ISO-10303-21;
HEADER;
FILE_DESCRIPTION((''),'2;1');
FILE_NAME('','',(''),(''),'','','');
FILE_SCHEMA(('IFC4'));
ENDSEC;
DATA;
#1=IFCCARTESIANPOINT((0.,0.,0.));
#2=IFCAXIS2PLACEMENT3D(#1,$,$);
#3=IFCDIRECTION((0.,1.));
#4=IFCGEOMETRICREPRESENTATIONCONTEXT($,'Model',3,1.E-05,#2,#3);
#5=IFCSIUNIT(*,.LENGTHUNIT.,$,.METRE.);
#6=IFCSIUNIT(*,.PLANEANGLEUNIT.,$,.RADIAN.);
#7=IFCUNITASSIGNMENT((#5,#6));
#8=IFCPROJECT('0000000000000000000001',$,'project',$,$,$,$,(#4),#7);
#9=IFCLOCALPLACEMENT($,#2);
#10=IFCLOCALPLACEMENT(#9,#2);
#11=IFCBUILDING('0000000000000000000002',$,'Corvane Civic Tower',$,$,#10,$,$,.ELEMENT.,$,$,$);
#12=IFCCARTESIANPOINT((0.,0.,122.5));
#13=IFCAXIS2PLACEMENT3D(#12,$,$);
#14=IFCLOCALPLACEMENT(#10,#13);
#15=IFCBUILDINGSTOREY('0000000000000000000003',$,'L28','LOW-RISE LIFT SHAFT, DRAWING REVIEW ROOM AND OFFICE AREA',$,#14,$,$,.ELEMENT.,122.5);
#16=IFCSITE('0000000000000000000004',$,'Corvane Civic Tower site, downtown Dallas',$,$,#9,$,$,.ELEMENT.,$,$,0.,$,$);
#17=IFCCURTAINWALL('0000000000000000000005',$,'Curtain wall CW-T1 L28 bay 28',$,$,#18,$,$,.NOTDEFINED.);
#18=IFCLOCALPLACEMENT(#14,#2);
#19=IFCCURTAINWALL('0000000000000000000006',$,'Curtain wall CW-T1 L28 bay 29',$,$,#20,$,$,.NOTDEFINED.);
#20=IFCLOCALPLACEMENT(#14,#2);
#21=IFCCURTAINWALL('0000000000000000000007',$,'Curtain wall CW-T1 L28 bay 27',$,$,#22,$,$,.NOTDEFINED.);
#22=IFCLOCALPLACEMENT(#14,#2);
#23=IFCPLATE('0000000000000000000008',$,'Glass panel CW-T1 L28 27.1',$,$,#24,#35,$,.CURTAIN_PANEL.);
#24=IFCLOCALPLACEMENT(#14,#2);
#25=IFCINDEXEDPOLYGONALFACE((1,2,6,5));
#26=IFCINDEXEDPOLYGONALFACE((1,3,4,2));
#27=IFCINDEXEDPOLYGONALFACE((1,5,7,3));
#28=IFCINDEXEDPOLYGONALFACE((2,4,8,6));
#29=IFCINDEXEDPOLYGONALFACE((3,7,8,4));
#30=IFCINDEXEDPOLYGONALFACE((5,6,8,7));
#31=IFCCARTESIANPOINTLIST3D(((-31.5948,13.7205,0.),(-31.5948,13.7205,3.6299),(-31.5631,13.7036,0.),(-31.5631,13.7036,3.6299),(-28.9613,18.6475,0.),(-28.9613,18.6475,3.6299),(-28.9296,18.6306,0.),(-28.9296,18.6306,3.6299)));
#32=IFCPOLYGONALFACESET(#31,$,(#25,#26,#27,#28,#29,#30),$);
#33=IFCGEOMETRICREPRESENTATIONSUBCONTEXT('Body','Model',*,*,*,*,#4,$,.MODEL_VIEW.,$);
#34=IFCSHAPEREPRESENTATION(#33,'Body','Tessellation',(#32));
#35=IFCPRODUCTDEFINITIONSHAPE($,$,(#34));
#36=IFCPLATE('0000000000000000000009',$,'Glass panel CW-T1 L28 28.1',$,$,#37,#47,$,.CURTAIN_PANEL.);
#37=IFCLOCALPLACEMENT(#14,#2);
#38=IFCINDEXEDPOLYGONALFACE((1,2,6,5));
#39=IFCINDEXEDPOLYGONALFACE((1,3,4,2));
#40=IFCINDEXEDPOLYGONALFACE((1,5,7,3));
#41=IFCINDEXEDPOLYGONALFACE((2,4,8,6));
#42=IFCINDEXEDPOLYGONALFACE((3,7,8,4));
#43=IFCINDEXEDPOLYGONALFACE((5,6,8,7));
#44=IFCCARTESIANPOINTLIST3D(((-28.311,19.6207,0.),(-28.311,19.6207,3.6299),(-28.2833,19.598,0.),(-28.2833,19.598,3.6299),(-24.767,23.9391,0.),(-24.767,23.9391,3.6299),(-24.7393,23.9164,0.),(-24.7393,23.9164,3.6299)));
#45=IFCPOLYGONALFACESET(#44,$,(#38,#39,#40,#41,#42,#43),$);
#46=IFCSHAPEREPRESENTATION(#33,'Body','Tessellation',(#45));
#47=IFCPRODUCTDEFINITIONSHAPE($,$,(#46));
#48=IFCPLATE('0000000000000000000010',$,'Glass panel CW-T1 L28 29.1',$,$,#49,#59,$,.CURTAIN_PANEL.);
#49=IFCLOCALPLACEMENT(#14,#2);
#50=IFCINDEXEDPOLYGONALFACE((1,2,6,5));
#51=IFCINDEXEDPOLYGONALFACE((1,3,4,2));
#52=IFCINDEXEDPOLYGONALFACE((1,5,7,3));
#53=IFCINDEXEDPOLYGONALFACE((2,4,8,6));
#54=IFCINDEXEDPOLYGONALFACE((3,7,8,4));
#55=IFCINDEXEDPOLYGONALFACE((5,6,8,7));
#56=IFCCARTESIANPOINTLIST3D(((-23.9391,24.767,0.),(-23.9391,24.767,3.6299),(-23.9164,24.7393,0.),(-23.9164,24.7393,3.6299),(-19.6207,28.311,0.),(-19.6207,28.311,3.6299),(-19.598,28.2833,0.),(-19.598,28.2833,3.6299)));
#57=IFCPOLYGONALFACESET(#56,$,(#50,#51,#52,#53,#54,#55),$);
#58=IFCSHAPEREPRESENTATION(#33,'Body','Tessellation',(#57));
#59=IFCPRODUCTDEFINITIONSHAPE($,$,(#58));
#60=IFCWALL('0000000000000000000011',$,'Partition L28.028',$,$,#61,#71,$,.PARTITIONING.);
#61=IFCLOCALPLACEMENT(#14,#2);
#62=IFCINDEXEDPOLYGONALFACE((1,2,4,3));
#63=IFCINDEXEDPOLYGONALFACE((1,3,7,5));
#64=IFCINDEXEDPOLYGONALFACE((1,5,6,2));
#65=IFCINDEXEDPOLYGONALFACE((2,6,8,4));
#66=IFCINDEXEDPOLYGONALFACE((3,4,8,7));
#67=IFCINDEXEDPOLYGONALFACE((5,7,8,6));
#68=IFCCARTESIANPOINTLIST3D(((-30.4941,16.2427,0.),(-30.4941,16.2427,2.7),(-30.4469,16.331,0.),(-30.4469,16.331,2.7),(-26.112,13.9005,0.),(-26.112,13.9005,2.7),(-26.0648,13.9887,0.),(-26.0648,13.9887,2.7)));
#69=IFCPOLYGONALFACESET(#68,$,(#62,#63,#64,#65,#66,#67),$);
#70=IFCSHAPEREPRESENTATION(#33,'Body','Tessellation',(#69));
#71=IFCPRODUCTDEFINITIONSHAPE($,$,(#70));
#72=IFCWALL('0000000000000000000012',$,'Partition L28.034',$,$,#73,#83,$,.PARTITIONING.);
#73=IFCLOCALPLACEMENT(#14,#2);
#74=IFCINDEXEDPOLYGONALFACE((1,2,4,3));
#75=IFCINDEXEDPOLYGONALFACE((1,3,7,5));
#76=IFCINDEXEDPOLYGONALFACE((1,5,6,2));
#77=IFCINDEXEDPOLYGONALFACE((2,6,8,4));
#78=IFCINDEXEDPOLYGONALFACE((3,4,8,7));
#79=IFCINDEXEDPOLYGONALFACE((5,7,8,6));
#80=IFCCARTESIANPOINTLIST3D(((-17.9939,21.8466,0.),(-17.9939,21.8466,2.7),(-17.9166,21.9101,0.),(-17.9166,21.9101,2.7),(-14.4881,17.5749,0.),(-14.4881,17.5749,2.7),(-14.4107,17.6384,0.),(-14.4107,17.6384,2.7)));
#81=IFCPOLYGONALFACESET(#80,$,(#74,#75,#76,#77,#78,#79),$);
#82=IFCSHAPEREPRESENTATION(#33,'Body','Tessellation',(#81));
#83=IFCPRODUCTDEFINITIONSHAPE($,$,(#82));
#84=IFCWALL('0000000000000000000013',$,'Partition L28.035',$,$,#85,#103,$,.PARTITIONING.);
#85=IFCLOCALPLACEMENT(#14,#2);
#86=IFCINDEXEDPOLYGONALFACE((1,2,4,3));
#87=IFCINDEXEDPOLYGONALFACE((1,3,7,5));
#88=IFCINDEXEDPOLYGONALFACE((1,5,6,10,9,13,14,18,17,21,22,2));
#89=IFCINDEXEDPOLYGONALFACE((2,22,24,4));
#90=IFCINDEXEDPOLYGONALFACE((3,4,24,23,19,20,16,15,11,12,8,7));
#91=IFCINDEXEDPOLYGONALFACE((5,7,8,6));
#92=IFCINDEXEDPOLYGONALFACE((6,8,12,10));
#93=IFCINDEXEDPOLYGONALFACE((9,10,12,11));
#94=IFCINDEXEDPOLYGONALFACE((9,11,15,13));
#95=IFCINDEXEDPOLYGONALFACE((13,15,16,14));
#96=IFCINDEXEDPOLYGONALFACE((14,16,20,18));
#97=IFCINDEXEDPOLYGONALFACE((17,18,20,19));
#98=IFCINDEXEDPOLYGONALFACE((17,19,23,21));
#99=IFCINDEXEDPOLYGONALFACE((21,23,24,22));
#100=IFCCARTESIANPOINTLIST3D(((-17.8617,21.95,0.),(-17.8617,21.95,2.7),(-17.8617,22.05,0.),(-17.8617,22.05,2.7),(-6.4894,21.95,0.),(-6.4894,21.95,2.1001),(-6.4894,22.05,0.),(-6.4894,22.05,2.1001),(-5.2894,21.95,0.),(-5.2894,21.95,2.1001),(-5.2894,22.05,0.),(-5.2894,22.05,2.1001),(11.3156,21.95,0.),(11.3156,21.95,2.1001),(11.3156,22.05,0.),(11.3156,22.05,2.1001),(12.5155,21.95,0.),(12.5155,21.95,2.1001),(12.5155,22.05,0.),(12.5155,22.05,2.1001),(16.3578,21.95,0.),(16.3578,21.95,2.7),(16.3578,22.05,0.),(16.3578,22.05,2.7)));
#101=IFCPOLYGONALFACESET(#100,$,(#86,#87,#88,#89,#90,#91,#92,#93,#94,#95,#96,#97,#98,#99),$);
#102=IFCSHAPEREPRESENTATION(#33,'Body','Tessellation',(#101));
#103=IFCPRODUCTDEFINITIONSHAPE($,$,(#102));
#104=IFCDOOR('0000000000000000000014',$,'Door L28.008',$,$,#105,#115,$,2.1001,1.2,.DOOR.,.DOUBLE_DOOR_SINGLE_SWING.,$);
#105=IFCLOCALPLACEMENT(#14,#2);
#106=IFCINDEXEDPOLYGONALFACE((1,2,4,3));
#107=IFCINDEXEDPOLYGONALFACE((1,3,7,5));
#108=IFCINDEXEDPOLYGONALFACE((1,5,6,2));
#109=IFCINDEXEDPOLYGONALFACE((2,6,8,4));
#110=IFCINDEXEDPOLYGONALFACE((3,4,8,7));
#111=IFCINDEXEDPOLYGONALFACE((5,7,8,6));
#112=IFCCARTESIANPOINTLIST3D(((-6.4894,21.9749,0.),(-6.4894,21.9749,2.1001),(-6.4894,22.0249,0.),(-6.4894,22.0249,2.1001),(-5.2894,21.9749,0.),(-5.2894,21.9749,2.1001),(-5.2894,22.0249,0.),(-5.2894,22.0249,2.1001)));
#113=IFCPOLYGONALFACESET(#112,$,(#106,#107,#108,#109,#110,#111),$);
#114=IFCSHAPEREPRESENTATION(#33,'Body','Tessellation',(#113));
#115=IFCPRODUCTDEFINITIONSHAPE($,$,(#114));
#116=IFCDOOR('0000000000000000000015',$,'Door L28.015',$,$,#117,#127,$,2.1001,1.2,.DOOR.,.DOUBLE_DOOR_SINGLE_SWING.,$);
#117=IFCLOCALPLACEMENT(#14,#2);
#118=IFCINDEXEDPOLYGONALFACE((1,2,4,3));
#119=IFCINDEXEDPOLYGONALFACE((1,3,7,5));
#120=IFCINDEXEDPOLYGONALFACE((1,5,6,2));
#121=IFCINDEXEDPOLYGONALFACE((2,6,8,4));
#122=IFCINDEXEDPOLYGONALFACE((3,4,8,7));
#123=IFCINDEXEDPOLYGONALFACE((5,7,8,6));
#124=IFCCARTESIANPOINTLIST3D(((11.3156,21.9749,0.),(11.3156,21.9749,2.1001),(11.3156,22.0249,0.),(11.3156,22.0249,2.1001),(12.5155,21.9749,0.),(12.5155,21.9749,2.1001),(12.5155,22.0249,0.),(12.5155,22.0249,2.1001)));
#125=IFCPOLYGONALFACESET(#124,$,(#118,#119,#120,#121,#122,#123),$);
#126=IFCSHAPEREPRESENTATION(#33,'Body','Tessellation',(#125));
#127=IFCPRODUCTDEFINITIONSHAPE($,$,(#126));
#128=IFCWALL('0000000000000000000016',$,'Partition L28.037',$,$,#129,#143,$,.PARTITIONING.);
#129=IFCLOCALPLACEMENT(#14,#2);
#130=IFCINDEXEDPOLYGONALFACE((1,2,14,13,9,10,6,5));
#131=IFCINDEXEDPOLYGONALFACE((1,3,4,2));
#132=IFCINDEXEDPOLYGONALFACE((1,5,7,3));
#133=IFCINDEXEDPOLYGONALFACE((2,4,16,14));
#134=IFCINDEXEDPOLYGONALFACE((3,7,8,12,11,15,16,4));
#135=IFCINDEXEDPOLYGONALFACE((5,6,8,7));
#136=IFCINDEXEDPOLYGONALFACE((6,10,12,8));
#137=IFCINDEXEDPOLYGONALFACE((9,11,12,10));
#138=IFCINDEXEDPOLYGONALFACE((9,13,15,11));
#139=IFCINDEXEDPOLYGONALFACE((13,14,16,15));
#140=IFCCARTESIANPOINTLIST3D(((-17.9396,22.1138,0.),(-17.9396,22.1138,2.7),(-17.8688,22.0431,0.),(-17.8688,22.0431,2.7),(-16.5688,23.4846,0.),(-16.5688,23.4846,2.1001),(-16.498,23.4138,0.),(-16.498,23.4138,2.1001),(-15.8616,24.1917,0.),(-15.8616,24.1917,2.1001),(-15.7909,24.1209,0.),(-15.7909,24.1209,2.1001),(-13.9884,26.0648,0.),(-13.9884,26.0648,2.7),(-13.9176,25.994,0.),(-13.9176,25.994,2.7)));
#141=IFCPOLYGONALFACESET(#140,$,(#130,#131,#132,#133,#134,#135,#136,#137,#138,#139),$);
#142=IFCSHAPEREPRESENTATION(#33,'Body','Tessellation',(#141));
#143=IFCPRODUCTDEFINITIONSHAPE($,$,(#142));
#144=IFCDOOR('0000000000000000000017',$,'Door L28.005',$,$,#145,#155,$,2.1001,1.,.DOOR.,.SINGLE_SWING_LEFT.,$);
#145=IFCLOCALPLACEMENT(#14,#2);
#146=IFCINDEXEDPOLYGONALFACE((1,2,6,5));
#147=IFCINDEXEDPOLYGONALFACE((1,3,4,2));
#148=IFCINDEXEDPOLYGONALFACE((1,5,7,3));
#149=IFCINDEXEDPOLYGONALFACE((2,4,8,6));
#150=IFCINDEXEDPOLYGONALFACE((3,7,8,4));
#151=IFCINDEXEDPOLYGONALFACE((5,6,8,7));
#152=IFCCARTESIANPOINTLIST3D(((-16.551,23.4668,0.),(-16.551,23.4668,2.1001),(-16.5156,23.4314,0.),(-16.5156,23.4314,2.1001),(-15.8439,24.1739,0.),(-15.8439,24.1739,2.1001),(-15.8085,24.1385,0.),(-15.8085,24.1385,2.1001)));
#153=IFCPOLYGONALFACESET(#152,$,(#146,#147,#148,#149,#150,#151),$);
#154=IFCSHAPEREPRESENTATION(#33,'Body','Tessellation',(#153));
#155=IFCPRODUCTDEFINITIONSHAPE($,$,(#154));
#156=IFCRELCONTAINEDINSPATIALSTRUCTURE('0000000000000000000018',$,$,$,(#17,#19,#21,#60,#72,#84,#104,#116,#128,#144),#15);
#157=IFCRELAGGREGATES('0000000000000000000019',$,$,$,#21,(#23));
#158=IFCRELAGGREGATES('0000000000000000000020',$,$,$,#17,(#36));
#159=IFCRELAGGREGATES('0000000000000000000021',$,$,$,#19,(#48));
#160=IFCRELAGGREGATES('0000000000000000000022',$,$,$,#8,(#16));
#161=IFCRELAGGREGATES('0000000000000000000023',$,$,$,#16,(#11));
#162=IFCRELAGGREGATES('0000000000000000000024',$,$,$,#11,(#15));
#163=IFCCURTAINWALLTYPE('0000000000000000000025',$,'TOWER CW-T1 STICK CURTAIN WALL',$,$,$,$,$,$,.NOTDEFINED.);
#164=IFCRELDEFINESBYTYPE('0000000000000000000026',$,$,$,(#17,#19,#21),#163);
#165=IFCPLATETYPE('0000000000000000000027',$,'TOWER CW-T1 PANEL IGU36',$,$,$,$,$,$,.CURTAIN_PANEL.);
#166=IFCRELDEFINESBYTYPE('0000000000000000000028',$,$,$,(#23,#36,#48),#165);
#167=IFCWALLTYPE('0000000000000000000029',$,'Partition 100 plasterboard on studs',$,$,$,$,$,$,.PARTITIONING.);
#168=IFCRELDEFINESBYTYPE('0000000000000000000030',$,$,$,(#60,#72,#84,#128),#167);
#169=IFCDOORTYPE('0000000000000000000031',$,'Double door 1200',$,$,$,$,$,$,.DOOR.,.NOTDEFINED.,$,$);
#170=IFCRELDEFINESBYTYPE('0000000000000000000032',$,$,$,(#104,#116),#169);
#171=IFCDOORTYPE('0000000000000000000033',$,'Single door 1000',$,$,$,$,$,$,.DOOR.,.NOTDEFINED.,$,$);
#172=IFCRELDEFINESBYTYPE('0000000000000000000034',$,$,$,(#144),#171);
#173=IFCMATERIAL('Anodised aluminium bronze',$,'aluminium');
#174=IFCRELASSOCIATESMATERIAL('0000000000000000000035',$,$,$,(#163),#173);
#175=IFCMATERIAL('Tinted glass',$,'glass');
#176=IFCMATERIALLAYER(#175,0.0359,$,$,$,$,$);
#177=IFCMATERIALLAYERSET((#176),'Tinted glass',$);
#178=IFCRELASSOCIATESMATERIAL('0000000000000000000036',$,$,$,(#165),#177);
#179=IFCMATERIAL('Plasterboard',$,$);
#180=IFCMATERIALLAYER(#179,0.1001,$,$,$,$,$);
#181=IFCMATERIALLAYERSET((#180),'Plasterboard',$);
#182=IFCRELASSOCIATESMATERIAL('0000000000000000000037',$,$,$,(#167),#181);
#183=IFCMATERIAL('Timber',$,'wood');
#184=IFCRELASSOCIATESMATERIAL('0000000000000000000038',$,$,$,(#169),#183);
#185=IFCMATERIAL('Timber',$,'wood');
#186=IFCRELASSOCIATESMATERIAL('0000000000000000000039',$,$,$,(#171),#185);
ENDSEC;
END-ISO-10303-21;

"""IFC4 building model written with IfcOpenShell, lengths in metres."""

from ifc_helpers import new_model, si_unit, direction, frame, frame_2d, origin, origin_2d, place, context, subcontext, project, spatial, rectangle, extrude, material, layer, layer_set, type_object, element, fill, aggregate, save


model = new_model("IFC4")

# Units and contexts
model_context = context("Model", 3, precision=1e-05, world=origin(), true_north=direction((0.0, 1.0)))
body_context = subcontext(model_context, "Body", "Model", "MODEL_VIEW")
ifc_project = project(units=[si_unit("LENGTHUNIT", "METRE"), si_unit("PLANEANGLEUNIT", "RADIAN")], contexts=[model_context])

# Site, building, storey
site_placement = place(None, origin())
site = spatial("IfcSite", under=ifc_project, at=site_placement, Name="Corvane Civic Tower site, downtown Dallas", CompositionType="ELEMENT", RefElevation=0.0)
building_placement = place(site_placement, origin())
building = spatial("IfcBuilding", under=site, at=building_placement, Name="Corvane Civic Tower", CompositionType="ELEMENT")
storey_placement = place(building_placement, frame((0.0, 0.0, 122.5)))
storey = spatial("IfcBuildingStorey", under=building, at=storey_placement, Name="L28", Description="LOW-RISE LIFT SHAFT, DRAWING REVIEW ROOM AND OFFICE AREA", CompositionType="ELEMENT", Elevation=122.5)

# Curtain walls
ifc_material_1 = material(Name="Anodised aluminium bronze", Category="aluminium")
curtain_wall_type = type_object("IfcCurtainWallType", Name="TOWER CW-T1 STICK CURTAIN WALL", PredefinedType="NOTDEFINED", material=ifc_material_1)
curtain_wall_1_placement = place(storey_placement, origin())
curtain_wall_1 = element("IfcCurtainWall", 1, at=curtain_wall_1_placement, inside=storey, type_object=curtain_wall_type, Name="Curtain wall CW-T1 L28 bay 28", PredefinedType="NOTDEFINED")
curtain_wall_2_placement = place(storey_placement, origin())
curtain_wall_2 = element("IfcCurtainWall", 2, at=curtain_wall_2_placement, inside=storey, type_object=curtain_wall_type, Name="Curtain wall CW-T1 L28 bay 29", PredefinedType="NOTDEFINED")

# Curtain wall, plate
curtain_wall_3_placement = place(storey_placement, origin())
curtain_wall_3 = element("IfcCurtainWall", 3, at=curtain_wall_3_placement, inside=storey, type_object=curtain_wall_type, Name="Curtain wall CW-T1 L28 bay 27", PredefinedType="NOTDEFINED")
ifc_material_2 = material(Name="Tinted glass", Category="glass")
ifc_layer_1 = layer(ifc_material_2, 0.0359)
ifc_layer_set_1 = layer_set([ifc_layer_1], Name="Tinted glass")
plate_type = type_object("IfcPlateType", Name="TOWER CW-T1 PANEL IGU36", PredefinedType="CURTAIN_PANEL", material=ifc_layer_set_1)
plate_1_placement = place(storey_placement, frame((-30.2622, 16.1755, 0.0), z_axis=(0.0, 0.0, 1.0), x_axis=(0.471392, 0.881924, 0.0)))
plate_1 = element("IfcPlate", 4, at=plate_1_placement, type_object=plate_type, Name="Glass panel CW-T1 L28 27.1", PredefinedType="CURTAIN_PANEL", context=body_context, shape_type="SweptSolid", body=[
    extrude(rectangle(XDim=5.5867, YDim=0.0359, at=origin_2d()), origin(), (0.0, 0.0, 1.0), 3.6299),
])
aggregate(curtain_wall_3, [plate_1])

# Plates
plate_2_placement = place(storey_placement, frame((-26.5251, 21.7686, 0.0), z_axis=(0.0, 0.0, 1.0), x_axis=(0.63439, 0.773013, 0.0)))
plate_2 = element("IfcPlate", 5, at=plate_2_placement, type_object=plate_type, Name="Glass panel CW-T1 L28 28.1", PredefinedType="CURTAIN_PANEL", context=body_context, shape_type="SweptSolid", body=[
    extrude(rectangle(XDim=5.5864, YDim=0.0359, at=origin_2d()), origin(), (0.0, 0.0, 1.0), 3.6299),
])
aggregate(curtain_wall_1, [plate_2])
plate_3_placement = place(storey_placement, frame((-21.7686, 26.5251, 0.0), z_axis=(0.0, 0.0, 1.0), x_axis=(0.773013, 0.63439, 0.0)))
plate_3 = element("IfcPlate", 6, at=plate_3_placement, type_object=plate_type, Name="Glass panel CW-T1 L28 29.1", PredefinedType="CURTAIN_PANEL", context=body_context, shape_type="SweptSolid", body=[
    extrude(rectangle(XDim=5.5864, YDim=0.0359, at=origin_2d()), origin(), (0.0, 0.0, 1.0), 3.6299),
])
aggregate(curtain_wall_2, [plate_3])

# Walls
ifc_material_3 = material(Name="Plasterboard")
ifc_layer_2 = layer(ifc_material_3, 0.1001)
ifc_layer_set_2 = layer_set([ifc_layer_2], Name="Plasterboard")
wall_type_1 = type_object("IfcWallType", Name="Partition 100 plasterboard on studs", PredefinedType="PARTITIONING", material=ifc_layer_set_2)
wall_1_placement = place(storey_placement, frame((-30.4705, 16.2869, 0.0), z_axis=(0.0, 0.0, 1.0), x_axis=(0.88192, -0.471399, 0.0)))
element("IfcWall", 7, at=wall_1_placement, inside=storey, type_object=wall_type_1, Name="Partition L28.028", PredefinedType="PARTITIONING", context=body_context, shape_type="SweptSolid", body=[
    extrude(rectangle(XDim=4.9688, YDim=0.1001, at=frame_2d((2.4844, 0.0))), origin(), (0.0, 0.0, 1.0), 2.7),
])
wall_2_placement = place(storey_placement, frame((-17.9553, 21.8784, 0.0), z_axis=(0.0, 0.0, 1.0), x_axis=(0.634409, -0.772998, 0.0)))
element("IfcWall", 8, at=wall_2_placement, inside=storey, type_object=wall_type_1, Name="Partition L28.034", PredefinedType="PARTITIONING", context=body_context, shape_type="SweptSolid", body=[
    extrude(rectangle(XDim=5.5261, YDim=0.1001, at=frame_2d((2.7632, 0.0))), origin(), (0.0, 0.0, 1.0), 2.7),
])

# Wall, openings, doors
wall_3_placement = place(storey_placement, frame((-17.8618, 22.0, 0.0), z_axis=(0.0, 0.0, 1.0), x_axis=(1.0, 0.0, 0.0)))
wall_3 = element("IfcWall", 9, at=wall_3_placement, inside=storey, type_object=wall_type_1, Name="Partition L28.035", PredefinedType="PARTITIONING", context=body_context, shape_type="SweptSolid", body=[
    extrude(rectangle(XDim=34.2195, YDim=0.1001, at=frame_2d((17.1099, 0.0))), origin(), (0.0, 0.0, 1.0), 2.7),
])
opening_1_placement = place(wall_3_placement, frame((11.3723, 0.0, 0.0)))
opening_1 = element("IfcOpeningElement", 10, at=opening_1_placement, cuts=wall_3, PredefinedType="OPENING", context=body_context, shape_type="SweptSolid", body=[
    extrude(rectangle(XDim=1.2, YDim=2.1001, at=frame_2d((0.6001, 1.05))), frame((0.0, 0.0601, 0.0), z_axis=(0.0, -1.0, 0.0), x_axis=(1.0, 0.0, 0.0)), (0.0, 0.0, 1.0), 0.1201),
])
opening_2_placement = place(wall_3_placement, frame((29.1772, 0.0, 0.0)))
opening_2 = element("IfcOpeningElement", 11, at=opening_2_placement, cuts=wall_3, PredefinedType="OPENING", context=body_context, shape_type="SweptSolid", body=[
    extrude(rectangle(XDim=1.2, YDim=2.1001, at=frame_2d((0.6001, 1.05))), frame((0.0, 0.0601, 0.0), z_axis=(0.0, -1.0, 0.0), x_axis=(1.0, 0.0, 0.0)), (0.0, 0.0, 1.0), 0.1201),
])
ifc_material_4 = material(Name="Timber", Category="wood")
door_type_1 = type_object("IfcDoorType", Name="Double door 1200", OperationType="NOTDEFINED", PredefinedType="DOOR", material=ifc_material_4)
door_1_placement = place(opening_1_placement, origin())
door_1 = element("IfcDoor", 12, at=door_1_placement, inside=storey, type_object=door_type_1, Name="Door L28.008", OperationType="DOUBLE_DOOR_SINGLE_SWING", OverallHeight=2.1001, OverallWidth=1.2, PredefinedType="DOOR", context=body_context, shape_type="SweptSolid", body=[
    extrude(rectangle(XDim=1.2, YDim=2.1001, at=frame_2d((0.6001, 1.05))), frame((0.0, 0.0249, 0.0), z_axis=(0.0, -1.0, 0.0), x_axis=(1.0, 0.0, 0.0)), (0.0, 0.0, 1.0), 0.05),
])
fill(opening_1, door_1)
door_2_placement = place(opening_2_placement, origin())
door_2 = element("IfcDoor", 13, at=door_2_placement, inside=storey, type_object=door_type_1, Name="Door L28.015", OperationType="DOUBLE_DOOR_SINGLE_SWING", OverallHeight=2.1001, OverallWidth=1.2, PredefinedType="DOOR", context=body_context, shape_type="SweptSolid", body=[
    extrude(rectangle(XDim=1.2, YDim=2.1001, at=frame_2d((0.6001, 1.05))), frame((0.0, 0.0249, 0.0), z_axis=(0.0, -1.0, 0.0), x_axis=(1.0, 0.0, 0.0)), (0.0, 0.0, 1.0), 0.05),
])
fill(opening_2, door_2)

# Wall, opening, door
wall_4_placement = place(storey_placement, frame((-17.9043, 22.0784, 0.0), z_axis=(0.0, 0.0, 1.0), x_axis=(0.707129, 0.707085, 0.0)))
wall_4 = element("IfcWall", 14, at=wall_4_placement, inside=storey, type_object=wall_type_1, Name="Partition L28.037", PredefinedType="PARTITIONING", context=body_context, shape_type="SweptSolid", body=[
    extrude(rectangle(XDim=5.5876, YDim=0.1001, at=frame_2d((2.7939, 0.0))), origin(), (0.0, 0.0, 1.0), 2.7),
])
opening_3_placement = place(wall_4_placement, frame((1.9387, 0.0, 0.0)))
opening_3 = element("IfcOpeningElement", 15, at=opening_3_placement, cuts=wall_4, PredefinedType="OPENING", context=body_context, shape_type="SweptSolid", body=[
    extrude(rectangle(XDim=1.0, YDim=2.1001, at=frame_2d((0.5, 1.05))), frame((0.0, 0.0601, 0.0), z_axis=(0.0, -1.0, 0.0), x_axis=(1.0, 0.0, 0.0)), (0.0, 0.0, 1.0), 0.1201),
])
ifc_material_5 = material(Name="Timber", Category="wood")
door_type_2 = type_object("IfcDoorType", Name="Single door 1000", OperationType="NOTDEFINED", PredefinedType="DOOR", material=ifc_material_5)
door_3_placement = place(opening_3_placement, origin())
door_3 = element("IfcDoor", 16, at=door_3_placement, inside=storey, type_object=door_type_2, Name="Door L28.005", OperationType="SINGLE_SWING_LEFT", OverallHeight=2.1001, OverallWidth=1.0, PredefinedType="DOOR", context=body_context, shape_type="SweptSolid", body=[
    extrude(rectangle(XDim=1.0, YDim=2.1001, at=frame_2d((0.5, 1.05))), frame((0.0, 0.0249, 0.0), z_axis=(0.0, -1.0, 0.0), x_axis=(1.0, 0.0, 0.0)), (0.0, 0.0, 1.0), 0.05),
])
fill(opening_3, door_3)

save(model, "model.ifc")
